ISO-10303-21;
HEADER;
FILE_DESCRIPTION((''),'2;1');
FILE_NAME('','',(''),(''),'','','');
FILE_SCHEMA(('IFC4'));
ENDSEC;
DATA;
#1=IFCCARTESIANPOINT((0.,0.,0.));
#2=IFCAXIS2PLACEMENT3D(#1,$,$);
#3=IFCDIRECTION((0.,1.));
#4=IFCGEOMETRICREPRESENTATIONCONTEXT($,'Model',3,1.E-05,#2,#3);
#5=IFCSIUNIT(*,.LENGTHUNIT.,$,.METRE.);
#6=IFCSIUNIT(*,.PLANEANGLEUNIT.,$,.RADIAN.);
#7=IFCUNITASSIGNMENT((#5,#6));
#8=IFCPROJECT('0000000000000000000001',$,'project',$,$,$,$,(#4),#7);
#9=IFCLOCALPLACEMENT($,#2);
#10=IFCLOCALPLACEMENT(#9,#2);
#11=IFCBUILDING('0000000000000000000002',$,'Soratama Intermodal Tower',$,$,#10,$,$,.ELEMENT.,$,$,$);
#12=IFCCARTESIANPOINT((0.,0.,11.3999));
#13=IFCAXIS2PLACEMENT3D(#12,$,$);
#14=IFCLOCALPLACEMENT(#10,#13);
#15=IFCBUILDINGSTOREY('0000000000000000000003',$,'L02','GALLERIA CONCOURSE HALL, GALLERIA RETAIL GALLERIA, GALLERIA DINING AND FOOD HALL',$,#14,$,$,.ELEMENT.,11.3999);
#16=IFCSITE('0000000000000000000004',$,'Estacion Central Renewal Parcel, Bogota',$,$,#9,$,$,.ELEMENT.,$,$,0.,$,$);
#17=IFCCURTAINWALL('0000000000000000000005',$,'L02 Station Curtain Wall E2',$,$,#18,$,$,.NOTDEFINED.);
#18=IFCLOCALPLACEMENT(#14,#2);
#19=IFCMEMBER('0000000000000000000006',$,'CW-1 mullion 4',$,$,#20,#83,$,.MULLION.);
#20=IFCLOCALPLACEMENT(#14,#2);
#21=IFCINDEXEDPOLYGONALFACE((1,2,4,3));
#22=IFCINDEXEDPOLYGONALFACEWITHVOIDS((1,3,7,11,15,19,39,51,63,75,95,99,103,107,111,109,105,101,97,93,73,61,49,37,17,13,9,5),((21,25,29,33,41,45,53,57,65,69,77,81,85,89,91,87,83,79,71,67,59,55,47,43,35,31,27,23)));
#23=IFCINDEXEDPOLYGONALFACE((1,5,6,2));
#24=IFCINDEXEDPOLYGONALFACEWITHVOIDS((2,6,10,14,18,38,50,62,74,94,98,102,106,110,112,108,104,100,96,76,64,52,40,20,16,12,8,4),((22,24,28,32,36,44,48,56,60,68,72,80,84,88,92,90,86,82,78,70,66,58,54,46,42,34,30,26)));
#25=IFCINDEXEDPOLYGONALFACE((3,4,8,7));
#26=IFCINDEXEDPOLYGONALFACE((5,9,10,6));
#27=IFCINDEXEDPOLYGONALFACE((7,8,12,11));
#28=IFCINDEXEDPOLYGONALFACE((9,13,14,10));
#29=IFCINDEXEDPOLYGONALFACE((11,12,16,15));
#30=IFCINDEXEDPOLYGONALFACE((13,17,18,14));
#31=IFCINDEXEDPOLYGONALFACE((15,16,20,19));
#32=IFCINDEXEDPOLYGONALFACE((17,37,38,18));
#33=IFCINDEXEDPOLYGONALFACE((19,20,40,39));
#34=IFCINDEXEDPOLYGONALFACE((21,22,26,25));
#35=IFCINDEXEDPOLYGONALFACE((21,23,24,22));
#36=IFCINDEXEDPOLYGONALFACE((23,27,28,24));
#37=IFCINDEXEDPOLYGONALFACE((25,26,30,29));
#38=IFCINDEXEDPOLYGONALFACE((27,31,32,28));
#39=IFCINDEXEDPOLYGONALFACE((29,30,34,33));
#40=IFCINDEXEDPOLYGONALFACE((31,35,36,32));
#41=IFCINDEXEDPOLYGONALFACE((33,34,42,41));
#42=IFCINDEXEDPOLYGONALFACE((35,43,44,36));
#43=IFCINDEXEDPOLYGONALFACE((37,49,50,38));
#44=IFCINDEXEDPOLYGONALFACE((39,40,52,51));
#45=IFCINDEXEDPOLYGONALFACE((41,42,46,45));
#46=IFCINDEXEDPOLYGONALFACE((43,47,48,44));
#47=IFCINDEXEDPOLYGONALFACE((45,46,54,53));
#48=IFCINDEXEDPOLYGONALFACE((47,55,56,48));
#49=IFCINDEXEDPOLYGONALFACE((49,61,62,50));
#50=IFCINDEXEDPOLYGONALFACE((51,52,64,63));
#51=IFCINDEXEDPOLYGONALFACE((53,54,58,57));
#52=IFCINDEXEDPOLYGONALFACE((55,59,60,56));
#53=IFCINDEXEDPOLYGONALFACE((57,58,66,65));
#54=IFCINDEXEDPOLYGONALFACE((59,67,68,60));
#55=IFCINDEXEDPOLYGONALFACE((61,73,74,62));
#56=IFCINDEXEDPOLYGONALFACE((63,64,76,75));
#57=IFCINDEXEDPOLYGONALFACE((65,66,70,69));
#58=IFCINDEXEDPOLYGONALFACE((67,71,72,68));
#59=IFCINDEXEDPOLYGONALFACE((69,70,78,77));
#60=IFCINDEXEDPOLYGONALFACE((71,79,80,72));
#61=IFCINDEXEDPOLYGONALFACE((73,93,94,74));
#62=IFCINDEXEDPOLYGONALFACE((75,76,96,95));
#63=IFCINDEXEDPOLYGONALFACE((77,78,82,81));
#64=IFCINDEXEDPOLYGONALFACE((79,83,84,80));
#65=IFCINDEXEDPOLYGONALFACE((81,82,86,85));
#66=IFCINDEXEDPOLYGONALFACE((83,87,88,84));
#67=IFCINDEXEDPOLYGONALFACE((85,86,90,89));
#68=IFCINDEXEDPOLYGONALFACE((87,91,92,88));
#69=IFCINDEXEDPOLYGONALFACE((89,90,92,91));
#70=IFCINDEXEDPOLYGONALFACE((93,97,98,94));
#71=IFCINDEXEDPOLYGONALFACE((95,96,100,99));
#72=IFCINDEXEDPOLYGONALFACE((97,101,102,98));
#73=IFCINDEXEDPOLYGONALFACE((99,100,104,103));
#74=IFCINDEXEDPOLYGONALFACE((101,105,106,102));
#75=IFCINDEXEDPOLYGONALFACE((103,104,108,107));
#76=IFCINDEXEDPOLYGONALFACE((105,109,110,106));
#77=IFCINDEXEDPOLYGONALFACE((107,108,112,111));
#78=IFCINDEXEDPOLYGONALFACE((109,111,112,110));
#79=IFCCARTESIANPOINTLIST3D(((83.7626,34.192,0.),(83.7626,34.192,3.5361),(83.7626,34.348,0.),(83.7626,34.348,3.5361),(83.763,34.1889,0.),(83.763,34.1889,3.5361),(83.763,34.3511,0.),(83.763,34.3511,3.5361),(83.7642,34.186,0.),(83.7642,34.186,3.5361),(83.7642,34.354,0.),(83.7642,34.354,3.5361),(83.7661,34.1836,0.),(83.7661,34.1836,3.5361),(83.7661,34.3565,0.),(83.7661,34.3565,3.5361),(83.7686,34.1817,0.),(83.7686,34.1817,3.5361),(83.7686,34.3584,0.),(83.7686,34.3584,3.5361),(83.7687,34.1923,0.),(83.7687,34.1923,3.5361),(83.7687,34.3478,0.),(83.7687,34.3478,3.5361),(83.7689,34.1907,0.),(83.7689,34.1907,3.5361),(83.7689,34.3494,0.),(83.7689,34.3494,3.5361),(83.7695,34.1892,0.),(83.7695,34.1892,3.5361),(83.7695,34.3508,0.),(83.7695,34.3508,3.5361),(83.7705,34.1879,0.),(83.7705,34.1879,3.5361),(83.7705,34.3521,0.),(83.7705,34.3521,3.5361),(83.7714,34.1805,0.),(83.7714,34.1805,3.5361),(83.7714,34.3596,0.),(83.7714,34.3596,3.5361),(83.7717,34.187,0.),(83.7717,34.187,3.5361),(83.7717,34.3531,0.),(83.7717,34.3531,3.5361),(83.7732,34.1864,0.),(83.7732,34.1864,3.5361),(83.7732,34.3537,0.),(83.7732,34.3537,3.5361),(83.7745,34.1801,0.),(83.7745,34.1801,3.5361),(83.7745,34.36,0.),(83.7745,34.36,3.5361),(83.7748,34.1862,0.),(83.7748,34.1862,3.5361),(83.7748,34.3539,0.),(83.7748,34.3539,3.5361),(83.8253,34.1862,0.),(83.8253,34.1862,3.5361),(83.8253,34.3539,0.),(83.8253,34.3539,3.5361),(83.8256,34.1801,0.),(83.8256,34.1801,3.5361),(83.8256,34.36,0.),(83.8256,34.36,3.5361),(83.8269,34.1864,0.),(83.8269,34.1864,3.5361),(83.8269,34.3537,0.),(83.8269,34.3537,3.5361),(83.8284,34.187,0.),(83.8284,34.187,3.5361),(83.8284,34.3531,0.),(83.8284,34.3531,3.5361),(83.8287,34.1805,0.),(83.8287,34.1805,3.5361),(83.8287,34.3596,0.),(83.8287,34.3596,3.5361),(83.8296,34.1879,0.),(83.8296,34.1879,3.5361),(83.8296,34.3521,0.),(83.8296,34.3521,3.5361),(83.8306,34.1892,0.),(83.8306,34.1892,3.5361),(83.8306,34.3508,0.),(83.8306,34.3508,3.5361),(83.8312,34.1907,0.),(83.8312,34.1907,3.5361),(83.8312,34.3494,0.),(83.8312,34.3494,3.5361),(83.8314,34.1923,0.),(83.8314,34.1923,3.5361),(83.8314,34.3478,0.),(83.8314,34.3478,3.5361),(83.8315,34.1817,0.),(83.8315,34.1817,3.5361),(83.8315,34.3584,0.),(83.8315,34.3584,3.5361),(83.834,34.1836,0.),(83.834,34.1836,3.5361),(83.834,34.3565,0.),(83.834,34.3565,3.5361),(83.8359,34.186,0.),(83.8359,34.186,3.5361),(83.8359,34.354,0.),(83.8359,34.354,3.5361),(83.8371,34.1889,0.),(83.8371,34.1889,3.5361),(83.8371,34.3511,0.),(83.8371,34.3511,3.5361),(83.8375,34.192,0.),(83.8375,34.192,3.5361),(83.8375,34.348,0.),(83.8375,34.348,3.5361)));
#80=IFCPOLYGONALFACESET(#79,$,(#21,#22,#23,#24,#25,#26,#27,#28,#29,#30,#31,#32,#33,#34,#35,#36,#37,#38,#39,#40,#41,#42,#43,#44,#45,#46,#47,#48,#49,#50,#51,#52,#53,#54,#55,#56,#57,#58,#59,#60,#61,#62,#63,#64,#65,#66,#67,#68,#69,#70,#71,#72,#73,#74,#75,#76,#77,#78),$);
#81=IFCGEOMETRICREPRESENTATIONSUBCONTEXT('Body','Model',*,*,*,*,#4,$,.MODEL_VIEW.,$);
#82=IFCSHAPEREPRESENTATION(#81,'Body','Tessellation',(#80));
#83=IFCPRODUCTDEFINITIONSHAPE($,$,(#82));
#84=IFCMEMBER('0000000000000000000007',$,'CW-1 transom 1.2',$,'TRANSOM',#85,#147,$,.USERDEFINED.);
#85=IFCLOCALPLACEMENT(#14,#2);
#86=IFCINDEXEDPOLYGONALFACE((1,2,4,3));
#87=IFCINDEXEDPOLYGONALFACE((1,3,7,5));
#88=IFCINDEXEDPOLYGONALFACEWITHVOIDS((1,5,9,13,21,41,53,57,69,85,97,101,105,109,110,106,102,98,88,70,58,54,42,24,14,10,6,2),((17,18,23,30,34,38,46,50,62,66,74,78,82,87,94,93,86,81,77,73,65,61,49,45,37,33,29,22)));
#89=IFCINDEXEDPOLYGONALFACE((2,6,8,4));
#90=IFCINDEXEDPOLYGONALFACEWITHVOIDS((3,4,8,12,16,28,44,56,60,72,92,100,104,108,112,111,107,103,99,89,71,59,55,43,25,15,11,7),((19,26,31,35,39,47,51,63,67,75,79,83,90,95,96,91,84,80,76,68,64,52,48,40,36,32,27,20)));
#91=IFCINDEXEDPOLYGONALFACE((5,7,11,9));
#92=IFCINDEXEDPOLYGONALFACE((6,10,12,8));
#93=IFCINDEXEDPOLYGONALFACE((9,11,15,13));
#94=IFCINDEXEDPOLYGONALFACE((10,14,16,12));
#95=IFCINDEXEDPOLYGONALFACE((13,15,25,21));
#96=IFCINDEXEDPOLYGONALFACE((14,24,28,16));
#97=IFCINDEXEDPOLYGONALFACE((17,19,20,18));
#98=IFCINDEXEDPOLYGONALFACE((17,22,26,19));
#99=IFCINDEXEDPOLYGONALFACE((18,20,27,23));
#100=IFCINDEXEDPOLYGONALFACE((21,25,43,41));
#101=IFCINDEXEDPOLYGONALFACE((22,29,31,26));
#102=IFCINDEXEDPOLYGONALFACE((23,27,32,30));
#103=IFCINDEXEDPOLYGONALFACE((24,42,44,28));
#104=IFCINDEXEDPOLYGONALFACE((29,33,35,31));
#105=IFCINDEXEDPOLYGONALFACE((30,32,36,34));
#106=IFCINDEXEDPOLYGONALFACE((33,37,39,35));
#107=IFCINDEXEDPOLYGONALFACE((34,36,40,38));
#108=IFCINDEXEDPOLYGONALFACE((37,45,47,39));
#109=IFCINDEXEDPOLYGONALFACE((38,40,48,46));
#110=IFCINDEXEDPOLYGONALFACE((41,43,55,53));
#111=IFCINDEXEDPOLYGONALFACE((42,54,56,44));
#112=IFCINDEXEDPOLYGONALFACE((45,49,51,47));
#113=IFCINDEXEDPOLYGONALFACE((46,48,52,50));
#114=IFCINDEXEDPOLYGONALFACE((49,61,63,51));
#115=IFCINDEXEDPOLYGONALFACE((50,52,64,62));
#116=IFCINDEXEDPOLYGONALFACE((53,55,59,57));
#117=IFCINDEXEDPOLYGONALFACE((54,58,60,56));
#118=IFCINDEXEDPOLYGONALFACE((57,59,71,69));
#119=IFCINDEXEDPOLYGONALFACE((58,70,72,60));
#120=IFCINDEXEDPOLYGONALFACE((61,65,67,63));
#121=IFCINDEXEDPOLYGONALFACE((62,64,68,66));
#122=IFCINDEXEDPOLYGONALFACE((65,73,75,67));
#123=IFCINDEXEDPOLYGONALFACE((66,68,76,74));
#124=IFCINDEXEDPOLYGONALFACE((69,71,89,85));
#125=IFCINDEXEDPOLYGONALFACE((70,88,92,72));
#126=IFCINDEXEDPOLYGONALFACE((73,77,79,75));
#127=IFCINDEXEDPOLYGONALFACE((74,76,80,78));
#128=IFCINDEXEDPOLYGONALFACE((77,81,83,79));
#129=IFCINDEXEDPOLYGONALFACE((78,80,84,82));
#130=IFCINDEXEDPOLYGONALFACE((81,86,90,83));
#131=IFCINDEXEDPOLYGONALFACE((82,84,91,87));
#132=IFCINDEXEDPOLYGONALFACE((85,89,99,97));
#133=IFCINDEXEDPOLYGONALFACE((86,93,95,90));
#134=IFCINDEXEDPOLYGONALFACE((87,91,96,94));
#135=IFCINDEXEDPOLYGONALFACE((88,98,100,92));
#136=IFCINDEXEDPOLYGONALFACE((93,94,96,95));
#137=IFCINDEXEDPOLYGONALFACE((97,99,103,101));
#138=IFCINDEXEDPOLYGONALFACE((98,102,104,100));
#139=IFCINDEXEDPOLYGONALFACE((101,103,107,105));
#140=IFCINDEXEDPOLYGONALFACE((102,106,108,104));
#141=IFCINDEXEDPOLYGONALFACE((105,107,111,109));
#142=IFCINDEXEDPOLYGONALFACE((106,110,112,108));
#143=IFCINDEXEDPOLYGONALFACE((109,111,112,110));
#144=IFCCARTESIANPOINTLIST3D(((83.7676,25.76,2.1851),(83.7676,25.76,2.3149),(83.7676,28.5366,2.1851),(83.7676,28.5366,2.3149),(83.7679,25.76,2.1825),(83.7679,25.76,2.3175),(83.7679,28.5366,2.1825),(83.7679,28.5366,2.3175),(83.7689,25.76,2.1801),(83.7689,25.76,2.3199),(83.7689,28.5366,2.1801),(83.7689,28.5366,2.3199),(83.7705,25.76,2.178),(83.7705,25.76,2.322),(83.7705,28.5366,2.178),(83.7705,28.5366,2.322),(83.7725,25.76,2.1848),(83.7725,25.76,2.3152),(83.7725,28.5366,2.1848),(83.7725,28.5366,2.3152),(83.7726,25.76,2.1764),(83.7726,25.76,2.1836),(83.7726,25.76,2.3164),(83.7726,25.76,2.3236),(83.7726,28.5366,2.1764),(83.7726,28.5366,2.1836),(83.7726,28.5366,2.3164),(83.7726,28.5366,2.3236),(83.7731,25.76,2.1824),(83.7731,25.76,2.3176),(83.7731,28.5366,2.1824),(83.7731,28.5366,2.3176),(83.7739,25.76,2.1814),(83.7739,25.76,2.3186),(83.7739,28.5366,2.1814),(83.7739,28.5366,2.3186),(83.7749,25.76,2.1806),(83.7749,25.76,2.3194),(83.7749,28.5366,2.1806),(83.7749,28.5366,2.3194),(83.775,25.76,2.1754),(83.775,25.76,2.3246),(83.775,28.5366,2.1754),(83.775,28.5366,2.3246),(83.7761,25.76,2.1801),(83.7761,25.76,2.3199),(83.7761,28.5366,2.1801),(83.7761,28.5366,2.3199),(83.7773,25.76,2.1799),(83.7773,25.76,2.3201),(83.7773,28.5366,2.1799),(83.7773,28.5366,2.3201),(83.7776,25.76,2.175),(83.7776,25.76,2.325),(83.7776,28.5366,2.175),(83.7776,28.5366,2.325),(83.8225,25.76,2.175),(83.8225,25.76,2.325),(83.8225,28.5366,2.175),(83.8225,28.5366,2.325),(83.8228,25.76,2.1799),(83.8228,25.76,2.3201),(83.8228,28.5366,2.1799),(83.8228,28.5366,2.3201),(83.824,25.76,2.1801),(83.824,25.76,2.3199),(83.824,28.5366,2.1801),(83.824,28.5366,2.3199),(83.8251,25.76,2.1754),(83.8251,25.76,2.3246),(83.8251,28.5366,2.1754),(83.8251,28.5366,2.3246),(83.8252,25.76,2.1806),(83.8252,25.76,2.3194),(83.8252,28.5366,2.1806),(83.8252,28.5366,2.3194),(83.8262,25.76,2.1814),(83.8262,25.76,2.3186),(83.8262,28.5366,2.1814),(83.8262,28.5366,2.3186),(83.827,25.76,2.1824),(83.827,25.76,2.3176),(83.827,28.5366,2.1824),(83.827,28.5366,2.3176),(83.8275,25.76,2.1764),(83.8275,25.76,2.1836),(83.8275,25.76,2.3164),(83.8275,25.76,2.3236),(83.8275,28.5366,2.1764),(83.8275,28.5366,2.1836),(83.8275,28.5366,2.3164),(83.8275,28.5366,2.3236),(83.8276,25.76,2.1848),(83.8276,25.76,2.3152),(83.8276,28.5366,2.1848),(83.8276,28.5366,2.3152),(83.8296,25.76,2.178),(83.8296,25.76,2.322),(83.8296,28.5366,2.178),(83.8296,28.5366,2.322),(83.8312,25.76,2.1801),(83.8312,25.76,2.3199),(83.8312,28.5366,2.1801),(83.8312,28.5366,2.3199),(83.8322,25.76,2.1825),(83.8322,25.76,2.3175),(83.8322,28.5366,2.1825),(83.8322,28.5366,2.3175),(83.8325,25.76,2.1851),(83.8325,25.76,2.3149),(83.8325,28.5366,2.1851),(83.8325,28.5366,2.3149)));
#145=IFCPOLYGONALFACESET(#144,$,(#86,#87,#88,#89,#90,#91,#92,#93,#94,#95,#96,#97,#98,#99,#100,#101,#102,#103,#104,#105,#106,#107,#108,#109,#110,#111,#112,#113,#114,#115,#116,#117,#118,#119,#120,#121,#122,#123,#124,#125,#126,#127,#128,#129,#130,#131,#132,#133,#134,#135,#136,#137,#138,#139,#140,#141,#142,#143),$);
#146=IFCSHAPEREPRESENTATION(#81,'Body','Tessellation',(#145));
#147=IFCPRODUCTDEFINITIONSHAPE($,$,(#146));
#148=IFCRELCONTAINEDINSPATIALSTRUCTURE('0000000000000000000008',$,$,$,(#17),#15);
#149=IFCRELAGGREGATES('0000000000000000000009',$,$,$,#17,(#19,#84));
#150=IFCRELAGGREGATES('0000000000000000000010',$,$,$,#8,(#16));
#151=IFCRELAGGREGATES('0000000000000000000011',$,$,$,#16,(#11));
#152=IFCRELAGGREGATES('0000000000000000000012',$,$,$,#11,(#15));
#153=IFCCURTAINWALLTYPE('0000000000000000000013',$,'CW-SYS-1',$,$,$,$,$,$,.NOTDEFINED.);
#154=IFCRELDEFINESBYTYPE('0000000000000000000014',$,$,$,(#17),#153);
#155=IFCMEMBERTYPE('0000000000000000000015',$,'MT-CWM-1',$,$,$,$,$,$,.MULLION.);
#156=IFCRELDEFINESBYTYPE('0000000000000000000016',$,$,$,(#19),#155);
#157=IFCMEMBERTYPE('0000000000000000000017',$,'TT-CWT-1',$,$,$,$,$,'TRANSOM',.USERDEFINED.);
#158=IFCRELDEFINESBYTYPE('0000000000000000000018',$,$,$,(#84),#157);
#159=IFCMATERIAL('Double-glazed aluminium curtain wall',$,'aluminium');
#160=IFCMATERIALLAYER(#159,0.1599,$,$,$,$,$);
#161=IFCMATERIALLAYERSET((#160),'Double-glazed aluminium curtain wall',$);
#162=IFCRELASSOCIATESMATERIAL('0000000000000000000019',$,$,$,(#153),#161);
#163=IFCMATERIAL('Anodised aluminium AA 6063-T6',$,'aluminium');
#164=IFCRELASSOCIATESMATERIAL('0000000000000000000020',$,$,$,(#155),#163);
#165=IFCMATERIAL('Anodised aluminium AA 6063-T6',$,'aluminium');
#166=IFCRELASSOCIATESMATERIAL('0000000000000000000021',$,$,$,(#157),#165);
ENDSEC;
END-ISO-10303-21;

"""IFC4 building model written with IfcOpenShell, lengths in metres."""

from ifc_helpers import new_model, si_unit, direction, frame, origin, origin_2d, place, context, subcontext, project, spatial, hollow_rectangle, extrude, material, layer, layer_set, material_profile, profile_set, type_object, element, aggregate, save


model = new_model("IFC4")

# Units and contexts
model_context = context("Model", 3, precision=1e-05, world=origin(), true_north=direction((0.0, 1.0)))
body_context = subcontext(model_context, "Body", "Model", "MODEL_VIEW")
ifc_project = project(units=[si_unit("LENGTHUNIT", "METRE"), si_unit("PLANEANGLEUNIT", "RADIAN")], contexts=[model_context])

# Site, building, storey
site_placement = place(None, origin())
site = spatial("IfcSite", under=ifc_project, at=site_placement, Name="Estacion Central Renewal Parcel, Bogota", CompositionType="ELEMENT", RefElevation=0.0)
building_placement = place(site_placement, origin())
building = spatial("IfcBuilding", under=site, at=building_placement, Name="Soratama Intermodal Tower", CompositionType="ELEMENT")
storey_placement = place(building_placement, frame((0.0, 0.0, 11.3999)))
storey = spatial("IfcBuildingStorey", under=building, at=storey_placement, Name="L02", Description="GALLERIA CONCOURSE HALL, GALLERIA RETAIL GALLERIA, GALLERIA DINING AND FOOD HALL", CompositionType="ELEMENT", Elevation=11.3999)

# Curtain wall, members
ifc_material_1 = material(Name="Double-glazed aluminium curtain wall", Category="aluminium")
ifc_layer_1 = layer(ifc_material_1, 0.1599)
ifc_layer_set_1 = layer_set([ifc_layer_1], Name="Double-glazed aluminium curtain wall")
curtain_wall_type = type_object("IfcCurtainWallType", Name="CW-SYS-1", PredefinedType="NOTDEFINED", material=ifc_layer_set_1)
curtain_wall_placement = place(storey_placement, origin())
curtain_wall = element("IfcCurtainWall", 1, at=curtain_wall_placement, inside=storey, type_object=curtain_wall_type, Name="L02 Station Curtain Wall E2", PredefinedType="NOTDEFINED")
ifc_material_2 = material(Name="Anodised aluminium AA 6063-T6", Category="aluminium")
ifc_material_profile_1 = material_profile(ifc_material_2, hollow_rectangle(XDim=0.075, YDim=0.1799, WallThickness=0.0061, InnerFilletRadius=0.0061, OuterFilletRadius=0.012, at=origin_2d()), Name="CWM180X75X6")
ifc_profile_set_1 = profile_set([ifc_material_profile_1], Name="Anodised aluminium AA 6063-T6")
member_type_1 = type_object("IfcMemberType", Name="MT-CWM-1", PredefinedType="MULLION", material=ifc_profile_set_1)
member_1_placement = place(storey_placement, frame((83.8, 34.27, 0.0), z_axis=(0.0, 0.0, 1.0), x_axis=(-1.0, 0.0, 0.0)))
member_1 = element("IfcMember", 2, at=member_1_placement, type_object=member_type_1, Name="CW-1 mullion 4", PredefinedType="MULLION", context=body_context, shape_type="SweptSolid", body=[
    extrude(hollow_rectangle(XDim=0.075, YDim=0.1799, WallThickness=0.0061, InnerFilletRadius=0.0061, OuterFilletRadius=0.012, at=origin_2d()), origin(), (0.0, 0.0, 1.0), 3.5361),
])
ifc_material_3 = material(Name="Anodised aluminium AA 6063-T6", Category="aluminium")
ifc_material_profile_2 = material_profile(ifc_material_3, hollow_rectangle(XDim=0.0649, YDim=0.1499, WallThickness=0.0049, InnerFilletRadius=0.0049, OuterFilletRadius=0.01, at=origin_2d()), Name="CWT150X65X5")
ifc_profile_set_2 = profile_set([ifc_material_profile_2], Name="Anodised aluminium AA 6063-T6")
member_type_2 = type_object("IfcMemberType", Name="TT-CWT-1", ElementType="TRANSOM", PredefinedType="USERDEFINED", material=ifc_profile_set_2)
member_2_placement = place(storey_placement, frame((83.8, 25.76, 2.25), z_axis=(0.0, 1.0, 0.0), x_axis=(-1.0, 0.0, 0.0)))
member_2 = element("IfcMember", 3, at=member_2_placement, type_object=member_type_2, Name="CW-1 transom 1.2", ObjectType="TRANSOM", PredefinedType="USERDEFINED", context=body_context, shape_type="SweptSolid", body=[
    extrude(hollow_rectangle(XDim=0.0649, YDim=0.1499, WallThickness=0.0049, InnerFilletRadius=0.0049, OuterFilletRadius=0.01, at=origin_2d()), origin(), (0.0, 0.0, 1.0), 2.7766),
])
aggregate(curtain_wall, [member_1, member_2])

save(model, "model.ifc")
